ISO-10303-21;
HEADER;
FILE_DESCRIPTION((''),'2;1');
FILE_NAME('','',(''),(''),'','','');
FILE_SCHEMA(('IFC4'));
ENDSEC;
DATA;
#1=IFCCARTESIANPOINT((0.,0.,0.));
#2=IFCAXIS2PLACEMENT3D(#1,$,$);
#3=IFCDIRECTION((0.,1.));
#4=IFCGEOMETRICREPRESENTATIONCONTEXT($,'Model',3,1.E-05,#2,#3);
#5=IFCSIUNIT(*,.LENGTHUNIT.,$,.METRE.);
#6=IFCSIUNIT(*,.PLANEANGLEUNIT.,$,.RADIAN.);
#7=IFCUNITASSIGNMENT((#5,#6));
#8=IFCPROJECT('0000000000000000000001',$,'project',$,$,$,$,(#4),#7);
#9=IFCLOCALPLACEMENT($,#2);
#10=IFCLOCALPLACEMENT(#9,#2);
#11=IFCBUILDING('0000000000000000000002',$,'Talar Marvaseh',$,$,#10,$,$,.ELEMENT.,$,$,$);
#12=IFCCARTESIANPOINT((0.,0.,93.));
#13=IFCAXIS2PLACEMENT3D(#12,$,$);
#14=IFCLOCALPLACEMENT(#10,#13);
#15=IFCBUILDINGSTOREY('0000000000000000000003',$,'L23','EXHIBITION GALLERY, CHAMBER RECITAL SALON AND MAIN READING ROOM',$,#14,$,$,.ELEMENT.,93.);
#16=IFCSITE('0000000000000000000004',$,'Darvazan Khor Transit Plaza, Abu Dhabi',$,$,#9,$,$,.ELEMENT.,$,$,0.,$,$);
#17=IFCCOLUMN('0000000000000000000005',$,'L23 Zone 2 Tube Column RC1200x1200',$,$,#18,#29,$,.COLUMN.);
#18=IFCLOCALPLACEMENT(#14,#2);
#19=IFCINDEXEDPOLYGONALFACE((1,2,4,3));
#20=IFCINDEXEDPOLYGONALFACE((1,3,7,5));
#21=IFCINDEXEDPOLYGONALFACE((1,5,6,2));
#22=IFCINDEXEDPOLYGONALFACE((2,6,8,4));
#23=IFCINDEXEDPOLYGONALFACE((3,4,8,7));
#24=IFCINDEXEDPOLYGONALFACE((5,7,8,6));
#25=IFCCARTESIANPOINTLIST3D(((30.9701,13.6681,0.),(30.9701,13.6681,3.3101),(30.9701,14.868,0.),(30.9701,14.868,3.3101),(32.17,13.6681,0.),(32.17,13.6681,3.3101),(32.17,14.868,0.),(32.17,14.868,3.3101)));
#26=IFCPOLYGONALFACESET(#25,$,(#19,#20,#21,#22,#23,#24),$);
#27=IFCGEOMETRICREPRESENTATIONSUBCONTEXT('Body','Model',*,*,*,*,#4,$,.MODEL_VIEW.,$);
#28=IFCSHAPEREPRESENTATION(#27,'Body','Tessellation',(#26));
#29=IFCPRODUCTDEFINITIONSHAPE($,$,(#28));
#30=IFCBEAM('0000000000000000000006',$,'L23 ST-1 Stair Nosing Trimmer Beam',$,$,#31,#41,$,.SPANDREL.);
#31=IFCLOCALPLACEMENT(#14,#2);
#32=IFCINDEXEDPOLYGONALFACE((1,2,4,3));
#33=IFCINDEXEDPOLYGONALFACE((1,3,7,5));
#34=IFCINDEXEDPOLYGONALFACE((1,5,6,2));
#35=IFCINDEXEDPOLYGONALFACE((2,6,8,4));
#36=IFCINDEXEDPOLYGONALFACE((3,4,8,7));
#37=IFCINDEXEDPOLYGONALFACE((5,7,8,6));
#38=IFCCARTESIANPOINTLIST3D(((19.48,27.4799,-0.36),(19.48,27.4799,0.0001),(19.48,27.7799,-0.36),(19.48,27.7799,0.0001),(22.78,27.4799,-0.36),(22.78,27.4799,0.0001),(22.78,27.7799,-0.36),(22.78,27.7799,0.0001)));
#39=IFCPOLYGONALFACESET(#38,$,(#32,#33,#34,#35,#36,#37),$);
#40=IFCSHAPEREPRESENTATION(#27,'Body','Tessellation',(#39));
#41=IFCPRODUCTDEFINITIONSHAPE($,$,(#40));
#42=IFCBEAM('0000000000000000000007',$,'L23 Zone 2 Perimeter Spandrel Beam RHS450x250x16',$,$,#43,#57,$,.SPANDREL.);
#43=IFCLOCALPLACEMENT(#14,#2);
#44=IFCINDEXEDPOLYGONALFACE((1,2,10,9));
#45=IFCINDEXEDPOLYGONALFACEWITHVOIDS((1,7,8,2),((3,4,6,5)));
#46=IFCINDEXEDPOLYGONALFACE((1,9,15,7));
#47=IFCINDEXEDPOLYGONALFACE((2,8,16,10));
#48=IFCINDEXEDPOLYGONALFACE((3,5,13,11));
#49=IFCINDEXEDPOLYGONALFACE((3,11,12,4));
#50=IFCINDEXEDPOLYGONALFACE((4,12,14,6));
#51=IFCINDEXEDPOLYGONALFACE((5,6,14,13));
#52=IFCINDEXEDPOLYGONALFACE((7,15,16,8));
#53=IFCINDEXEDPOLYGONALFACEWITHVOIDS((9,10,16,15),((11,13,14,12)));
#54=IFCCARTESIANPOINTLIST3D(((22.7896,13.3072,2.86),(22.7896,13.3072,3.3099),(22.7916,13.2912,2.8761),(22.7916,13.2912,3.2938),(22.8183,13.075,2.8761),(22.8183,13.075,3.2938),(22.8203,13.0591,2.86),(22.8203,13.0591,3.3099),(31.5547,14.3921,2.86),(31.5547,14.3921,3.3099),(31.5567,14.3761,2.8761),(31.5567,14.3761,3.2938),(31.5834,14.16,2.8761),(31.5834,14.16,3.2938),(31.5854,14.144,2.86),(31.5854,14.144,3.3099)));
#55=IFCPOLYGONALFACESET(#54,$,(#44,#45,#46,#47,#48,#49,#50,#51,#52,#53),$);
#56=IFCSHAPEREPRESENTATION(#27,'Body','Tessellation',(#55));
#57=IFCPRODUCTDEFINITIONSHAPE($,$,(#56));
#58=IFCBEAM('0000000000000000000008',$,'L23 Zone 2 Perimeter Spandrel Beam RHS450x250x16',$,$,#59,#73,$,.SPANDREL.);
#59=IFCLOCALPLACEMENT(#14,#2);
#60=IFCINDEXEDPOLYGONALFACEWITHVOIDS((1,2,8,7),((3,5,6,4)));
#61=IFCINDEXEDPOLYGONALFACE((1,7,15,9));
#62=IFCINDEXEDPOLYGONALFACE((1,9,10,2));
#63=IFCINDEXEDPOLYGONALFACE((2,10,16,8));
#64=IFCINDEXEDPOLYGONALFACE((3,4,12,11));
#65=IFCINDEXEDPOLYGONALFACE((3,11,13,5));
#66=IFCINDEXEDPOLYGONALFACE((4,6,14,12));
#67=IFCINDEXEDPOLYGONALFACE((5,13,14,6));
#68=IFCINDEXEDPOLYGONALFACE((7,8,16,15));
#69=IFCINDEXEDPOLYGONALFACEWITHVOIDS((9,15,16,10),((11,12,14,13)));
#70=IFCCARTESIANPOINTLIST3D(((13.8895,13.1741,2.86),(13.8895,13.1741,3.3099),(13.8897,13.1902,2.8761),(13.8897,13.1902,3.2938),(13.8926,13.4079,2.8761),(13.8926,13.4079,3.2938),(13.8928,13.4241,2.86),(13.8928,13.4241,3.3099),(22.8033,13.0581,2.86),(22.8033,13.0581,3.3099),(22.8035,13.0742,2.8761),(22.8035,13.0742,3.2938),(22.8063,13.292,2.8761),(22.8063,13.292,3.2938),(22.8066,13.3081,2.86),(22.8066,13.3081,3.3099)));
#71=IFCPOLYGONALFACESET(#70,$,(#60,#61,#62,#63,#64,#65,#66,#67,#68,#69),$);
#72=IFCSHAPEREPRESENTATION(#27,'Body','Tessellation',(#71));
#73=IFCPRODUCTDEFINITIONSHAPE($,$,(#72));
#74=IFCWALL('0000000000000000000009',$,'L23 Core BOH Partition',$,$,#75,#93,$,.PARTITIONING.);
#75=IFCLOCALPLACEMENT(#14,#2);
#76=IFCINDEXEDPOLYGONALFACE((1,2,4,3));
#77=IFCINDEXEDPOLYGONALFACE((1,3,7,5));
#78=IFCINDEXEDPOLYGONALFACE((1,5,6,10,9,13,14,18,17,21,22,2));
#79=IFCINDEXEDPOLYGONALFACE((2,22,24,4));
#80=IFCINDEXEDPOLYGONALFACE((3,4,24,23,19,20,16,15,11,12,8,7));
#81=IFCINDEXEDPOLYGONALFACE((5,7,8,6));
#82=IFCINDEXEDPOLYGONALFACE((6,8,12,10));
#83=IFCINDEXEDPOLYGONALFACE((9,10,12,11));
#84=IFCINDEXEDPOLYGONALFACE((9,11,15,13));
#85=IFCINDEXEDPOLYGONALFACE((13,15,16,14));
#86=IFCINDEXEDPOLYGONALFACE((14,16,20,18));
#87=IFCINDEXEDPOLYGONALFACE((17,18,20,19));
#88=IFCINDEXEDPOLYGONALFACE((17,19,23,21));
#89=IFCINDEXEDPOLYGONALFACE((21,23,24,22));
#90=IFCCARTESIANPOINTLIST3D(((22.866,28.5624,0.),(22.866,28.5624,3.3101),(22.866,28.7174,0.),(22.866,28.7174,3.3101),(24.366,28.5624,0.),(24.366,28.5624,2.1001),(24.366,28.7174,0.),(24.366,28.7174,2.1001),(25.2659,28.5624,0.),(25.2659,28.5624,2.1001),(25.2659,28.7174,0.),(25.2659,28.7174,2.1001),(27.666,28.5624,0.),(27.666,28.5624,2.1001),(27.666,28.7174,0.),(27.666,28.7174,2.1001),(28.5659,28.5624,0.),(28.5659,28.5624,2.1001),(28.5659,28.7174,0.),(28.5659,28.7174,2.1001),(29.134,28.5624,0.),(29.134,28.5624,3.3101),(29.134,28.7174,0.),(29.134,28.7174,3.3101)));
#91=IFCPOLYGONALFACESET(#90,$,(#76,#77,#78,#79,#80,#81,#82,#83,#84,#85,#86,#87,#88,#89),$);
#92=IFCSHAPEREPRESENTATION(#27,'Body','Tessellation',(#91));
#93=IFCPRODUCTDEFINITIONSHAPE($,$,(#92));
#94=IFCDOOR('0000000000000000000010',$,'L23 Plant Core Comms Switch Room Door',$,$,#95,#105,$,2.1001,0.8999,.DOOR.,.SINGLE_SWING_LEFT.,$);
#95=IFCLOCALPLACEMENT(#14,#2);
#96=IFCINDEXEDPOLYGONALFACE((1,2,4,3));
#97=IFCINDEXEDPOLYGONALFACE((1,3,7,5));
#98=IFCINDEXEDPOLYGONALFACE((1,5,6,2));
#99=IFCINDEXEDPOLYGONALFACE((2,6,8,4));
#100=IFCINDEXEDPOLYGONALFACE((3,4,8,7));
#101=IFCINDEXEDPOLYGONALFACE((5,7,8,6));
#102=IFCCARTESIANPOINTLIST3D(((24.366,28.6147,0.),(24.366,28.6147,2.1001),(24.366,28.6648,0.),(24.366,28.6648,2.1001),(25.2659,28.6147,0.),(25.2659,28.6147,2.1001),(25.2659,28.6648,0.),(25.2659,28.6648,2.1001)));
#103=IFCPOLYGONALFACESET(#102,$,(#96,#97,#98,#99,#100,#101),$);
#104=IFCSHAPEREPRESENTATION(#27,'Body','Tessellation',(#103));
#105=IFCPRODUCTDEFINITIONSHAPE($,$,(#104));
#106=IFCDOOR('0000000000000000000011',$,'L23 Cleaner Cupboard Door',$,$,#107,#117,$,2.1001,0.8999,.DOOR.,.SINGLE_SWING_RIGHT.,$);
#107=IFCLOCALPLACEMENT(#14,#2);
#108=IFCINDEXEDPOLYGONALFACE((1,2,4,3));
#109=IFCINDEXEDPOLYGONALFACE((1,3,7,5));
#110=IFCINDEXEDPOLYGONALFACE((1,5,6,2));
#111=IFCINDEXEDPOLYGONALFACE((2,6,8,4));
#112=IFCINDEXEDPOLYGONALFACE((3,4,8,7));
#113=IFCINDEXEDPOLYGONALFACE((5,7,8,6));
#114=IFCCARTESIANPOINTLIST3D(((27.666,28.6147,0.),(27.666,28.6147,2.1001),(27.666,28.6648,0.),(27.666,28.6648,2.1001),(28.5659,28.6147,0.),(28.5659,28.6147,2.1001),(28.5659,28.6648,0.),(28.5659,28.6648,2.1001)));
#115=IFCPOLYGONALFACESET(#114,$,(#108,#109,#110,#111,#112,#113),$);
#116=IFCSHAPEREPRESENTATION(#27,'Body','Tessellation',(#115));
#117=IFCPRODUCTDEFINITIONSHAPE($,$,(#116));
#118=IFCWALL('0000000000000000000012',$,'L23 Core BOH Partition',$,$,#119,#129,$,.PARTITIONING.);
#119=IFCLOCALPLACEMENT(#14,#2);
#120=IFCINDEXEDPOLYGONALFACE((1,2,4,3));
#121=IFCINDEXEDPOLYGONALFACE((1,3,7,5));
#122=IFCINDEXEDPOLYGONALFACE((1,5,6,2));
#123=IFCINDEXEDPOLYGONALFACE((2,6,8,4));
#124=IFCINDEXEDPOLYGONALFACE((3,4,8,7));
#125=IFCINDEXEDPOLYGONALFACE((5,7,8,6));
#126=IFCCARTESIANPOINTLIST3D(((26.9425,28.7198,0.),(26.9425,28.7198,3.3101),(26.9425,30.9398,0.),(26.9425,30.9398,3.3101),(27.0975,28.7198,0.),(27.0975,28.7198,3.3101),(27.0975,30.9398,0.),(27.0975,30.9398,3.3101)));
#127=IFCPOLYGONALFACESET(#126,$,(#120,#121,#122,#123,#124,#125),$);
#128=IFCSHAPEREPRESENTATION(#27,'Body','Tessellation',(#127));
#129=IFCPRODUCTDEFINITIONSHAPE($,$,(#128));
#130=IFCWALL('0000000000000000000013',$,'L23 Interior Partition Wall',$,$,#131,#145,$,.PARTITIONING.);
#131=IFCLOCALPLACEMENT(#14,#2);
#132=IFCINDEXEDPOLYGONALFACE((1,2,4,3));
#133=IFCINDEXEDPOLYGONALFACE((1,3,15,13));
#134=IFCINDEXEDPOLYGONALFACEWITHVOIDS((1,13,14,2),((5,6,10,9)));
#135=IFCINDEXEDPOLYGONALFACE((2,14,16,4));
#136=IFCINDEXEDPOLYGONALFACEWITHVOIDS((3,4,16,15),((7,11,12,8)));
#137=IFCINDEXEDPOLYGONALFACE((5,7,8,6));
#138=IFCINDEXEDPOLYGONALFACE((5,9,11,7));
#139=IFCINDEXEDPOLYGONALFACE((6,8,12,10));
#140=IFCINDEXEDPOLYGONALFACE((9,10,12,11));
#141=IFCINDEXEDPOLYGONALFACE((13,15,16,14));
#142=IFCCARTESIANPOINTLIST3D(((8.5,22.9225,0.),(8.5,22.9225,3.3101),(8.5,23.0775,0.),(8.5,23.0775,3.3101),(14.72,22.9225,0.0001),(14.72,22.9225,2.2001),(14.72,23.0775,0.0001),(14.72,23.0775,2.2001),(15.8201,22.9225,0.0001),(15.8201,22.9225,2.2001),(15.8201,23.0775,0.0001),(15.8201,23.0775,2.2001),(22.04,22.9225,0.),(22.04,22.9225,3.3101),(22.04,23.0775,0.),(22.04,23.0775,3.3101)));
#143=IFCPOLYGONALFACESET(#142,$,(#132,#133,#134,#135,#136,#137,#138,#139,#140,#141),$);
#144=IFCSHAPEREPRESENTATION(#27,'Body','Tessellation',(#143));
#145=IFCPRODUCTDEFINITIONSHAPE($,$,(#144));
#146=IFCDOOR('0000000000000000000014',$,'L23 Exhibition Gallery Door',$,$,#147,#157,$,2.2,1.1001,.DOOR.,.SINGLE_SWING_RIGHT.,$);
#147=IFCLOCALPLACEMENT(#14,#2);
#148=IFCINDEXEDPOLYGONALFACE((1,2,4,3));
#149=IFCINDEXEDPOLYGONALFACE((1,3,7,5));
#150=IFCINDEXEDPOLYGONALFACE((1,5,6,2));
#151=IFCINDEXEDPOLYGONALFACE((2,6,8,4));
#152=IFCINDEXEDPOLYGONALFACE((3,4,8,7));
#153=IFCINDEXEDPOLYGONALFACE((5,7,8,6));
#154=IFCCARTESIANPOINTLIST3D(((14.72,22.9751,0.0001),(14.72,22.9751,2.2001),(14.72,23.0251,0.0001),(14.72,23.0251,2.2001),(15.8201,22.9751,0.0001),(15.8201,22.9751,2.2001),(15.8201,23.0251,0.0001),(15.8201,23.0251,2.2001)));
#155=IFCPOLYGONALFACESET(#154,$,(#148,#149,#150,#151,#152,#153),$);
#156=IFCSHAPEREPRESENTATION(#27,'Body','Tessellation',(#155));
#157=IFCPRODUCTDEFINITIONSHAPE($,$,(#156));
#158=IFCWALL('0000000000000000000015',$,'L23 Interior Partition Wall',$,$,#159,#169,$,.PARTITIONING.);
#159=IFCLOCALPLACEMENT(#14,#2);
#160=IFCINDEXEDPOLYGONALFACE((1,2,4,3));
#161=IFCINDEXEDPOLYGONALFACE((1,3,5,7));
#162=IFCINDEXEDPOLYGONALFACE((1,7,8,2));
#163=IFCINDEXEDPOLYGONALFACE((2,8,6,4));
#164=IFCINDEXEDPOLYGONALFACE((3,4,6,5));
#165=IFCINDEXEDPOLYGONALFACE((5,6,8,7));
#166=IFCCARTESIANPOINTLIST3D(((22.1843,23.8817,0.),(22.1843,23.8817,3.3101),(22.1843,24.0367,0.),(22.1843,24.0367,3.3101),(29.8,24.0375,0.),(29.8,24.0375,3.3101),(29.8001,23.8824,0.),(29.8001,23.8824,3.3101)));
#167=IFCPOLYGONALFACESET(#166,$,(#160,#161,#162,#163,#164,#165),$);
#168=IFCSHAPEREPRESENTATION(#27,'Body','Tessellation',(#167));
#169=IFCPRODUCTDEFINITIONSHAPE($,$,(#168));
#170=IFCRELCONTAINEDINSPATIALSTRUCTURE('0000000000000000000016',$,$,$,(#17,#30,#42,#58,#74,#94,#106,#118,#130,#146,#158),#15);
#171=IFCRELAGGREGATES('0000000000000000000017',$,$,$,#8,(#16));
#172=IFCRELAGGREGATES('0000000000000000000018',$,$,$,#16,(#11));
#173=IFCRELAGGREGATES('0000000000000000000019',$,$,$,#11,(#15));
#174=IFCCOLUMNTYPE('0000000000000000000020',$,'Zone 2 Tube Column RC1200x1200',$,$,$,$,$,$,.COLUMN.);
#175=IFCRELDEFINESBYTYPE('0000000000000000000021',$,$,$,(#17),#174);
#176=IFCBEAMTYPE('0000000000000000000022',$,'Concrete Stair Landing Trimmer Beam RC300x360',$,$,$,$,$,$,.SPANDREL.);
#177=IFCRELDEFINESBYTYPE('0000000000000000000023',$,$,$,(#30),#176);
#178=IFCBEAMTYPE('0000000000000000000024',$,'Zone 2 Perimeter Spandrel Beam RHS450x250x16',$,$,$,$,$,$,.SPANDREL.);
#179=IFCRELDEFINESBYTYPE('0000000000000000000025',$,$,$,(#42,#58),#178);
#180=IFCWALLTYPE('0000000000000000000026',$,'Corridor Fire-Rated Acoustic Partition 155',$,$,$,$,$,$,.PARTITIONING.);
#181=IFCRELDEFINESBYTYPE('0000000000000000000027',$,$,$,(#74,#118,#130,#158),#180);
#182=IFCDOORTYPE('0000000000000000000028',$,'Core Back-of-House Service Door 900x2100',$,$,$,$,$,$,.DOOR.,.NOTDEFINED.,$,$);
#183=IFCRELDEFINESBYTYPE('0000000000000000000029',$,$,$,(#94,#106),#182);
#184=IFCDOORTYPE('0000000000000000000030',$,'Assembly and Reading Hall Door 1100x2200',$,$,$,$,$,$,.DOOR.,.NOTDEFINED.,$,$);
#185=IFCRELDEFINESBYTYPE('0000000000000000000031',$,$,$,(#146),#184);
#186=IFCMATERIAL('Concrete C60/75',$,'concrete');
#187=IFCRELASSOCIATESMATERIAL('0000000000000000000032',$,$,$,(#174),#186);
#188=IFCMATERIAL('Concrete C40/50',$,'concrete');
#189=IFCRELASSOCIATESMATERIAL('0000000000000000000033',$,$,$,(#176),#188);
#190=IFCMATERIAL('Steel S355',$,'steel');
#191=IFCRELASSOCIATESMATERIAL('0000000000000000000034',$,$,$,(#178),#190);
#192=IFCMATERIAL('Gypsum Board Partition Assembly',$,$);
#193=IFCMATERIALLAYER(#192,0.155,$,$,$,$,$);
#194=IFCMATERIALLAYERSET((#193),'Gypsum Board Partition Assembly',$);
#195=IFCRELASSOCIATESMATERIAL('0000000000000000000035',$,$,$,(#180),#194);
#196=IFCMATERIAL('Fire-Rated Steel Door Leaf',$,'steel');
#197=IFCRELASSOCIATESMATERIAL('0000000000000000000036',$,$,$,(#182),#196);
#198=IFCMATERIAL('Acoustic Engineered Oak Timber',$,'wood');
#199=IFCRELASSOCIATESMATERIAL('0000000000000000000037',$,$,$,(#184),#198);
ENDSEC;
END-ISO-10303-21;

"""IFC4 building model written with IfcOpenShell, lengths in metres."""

from ifc_helpers import new_model, si_unit, direction, frame, frame_2d, origin, origin_2d, place, context, subcontext, project, spatial, rectangle, hollow_rectangle, extrude, source, transform, mapped, material, layer, layer_set, material_profile, profile_set, type_object, type_shapes, element, fill, save


model = new_model("IFC4")

# Units and contexts
model_context = context("Model", 3, precision=1e-05, world=origin(), true_north=direction((0.0, 1.0)))
body_context = subcontext(model_context, "Body", "Model", "MODEL_VIEW")
ifc_project = project(units=[si_unit("LENGTHUNIT", "METRE"), si_unit("PLANEANGLEUNIT", "RADIAN")], contexts=[model_context])

# Site, building, storey
site_placement = place(None, origin())
site = spatial("IfcSite", under=ifc_project, at=site_placement, Name="Darvazan Khor Transit Plaza, Abu Dhabi", CompositionType="ELEMENT", RefElevation=0.0)
building_placement = place(site_placement, origin())
building = spatial("IfcBuilding", under=site, at=building_placement, Name="Talar Marvaseh", CompositionType="ELEMENT")
storey_placement = place(building_placement, frame((0.0, 0.0, 93.0)))
storey = spatial("IfcBuildingStorey", under=building, at=storey_placement, Name="L23", Description="EXHIBITION GALLERY, CHAMBER RECITAL SALON AND MAIN READING ROOM", CompositionType="ELEMENT", Elevation=93.0)

# Column
ifc_material_1 = material(Name="Concrete C60/75", Category="concrete")
ifc_material_profile_1 = material_profile(ifc_material_1, rectangle(XDim=1.2, YDim=1.2, at=origin_2d()), Name="RC1200x1200")
ifc_profile_set_1 = profile_set([ifc_material_profile_1], Name="Concrete C60/75")
column_type = type_object("IfcColumnType", Name="Zone 2 Tube Column RC1200x1200", PredefinedType="COLUMN", material=ifc_profile_set_1)
column_placement = place(storey_placement, frame((31.5701, 14.2681, 0.0), z_axis=(0.0, 0.0, 1.0), x_axis=(1.0, 0.0, 0.0)))
element("IfcColumn", 1, at=column_placement, inside=storey, type_object=column_type, Name="L23 Zone 2 Tube Column RC1200x1200", PredefinedType="COLUMN", context=body_context, shape_type="SweptSolid", body=[
    extrude(rectangle(XDim=1.2, YDim=1.2, at=origin_2d()), origin(), (0.0, 0.0, 1.0), 3.3101),
])

# Beams
ifc_material_2 = material(Name="Concrete C40/50", Category="concrete")
ifc_material_profile_2 = material_profile(ifc_material_2, rectangle(XDim=0.3, YDim=0.3601, at=origin_2d()), Name="RC300x360")
ifc_profile_set_2 = profile_set([ifc_material_profile_2], Name="Concrete C40/50")
beam_type_1 = type_object("IfcBeamType", Name="Concrete Stair Landing Trimmer Beam RC300x360", PredefinedType="SPANDREL", material=ifc_profile_set_2)
beam_1_placement = place(storey_placement, frame((22.78, 27.6299, -0.1799), z_axis=(-1.0, 0.0, 0.0), x_axis=(0.0, -1.0, 0.0)))
element("IfcBeam", 2, at=beam_1_placement, inside=storey, type_object=beam_type_1, Name="L23 ST-1 Stair Nosing Trimmer Beam", PredefinedType="SPANDREL", context=body_context, shape_type="SweptSolid", body=[
    extrude(rectangle(XDim=0.3, YDim=0.3601, at=origin_2d()), origin(), (0.0, 0.0, 1.0), 3.3),
])
ifc_material_3 = material(Name="Steel S355", Category="steel")
ifc_material_profile_3 = material_profile(ifc_material_3, hollow_rectangle(XDim=0.25, YDim=0.45, WallThickness=0.0161, at=origin_2d()), Name="RHS450x250x16")
ifc_profile_set_3 = profile_set([ifc_material_profile_3], Name="Steel S355")
beam_type_2 = type_object("IfcBeamType", Name="Zone 2 Perimeter Spandrel Beam RHS450x250x16", PredefinedType="SPANDREL", material=ifc_profile_set_3)
beam_2_placement = place(storey_placement, frame((31.5701, 14.2681, 3.085), z_axis=(-0.992426, -0.122844, 0.0), x_axis=(0.122844, -0.992426, 0.0)))
element("IfcBeam", 3, at=beam_2_placement, inside=storey, type_object=beam_type_2, Name="L23 Zone 2 Perimeter Spandrel Beam RHS450x250x16", PredefinedType="SPANDREL", context=body_context, shape_type="SweptSolid", body=[
    extrude(hollow_rectangle(XDim=0.25, YDim=0.45, WallThickness=0.0161, at=origin_2d()), origin(), (0.0, 0.0, 1.0), 8.832),
])
beam_3_placement = place(storey_placement, frame((22.8049, 13.1831, 3.085), z_axis=(-0.999915, 0.013009, 0.0), x_axis=(-0.013009, -0.999915, 0.0)))
element("IfcBeam", 4, at=beam_3_placement, inside=storey, type_object=beam_type_2, Name="L23 Zone 2 Perimeter Spandrel Beam RHS450x250x16", PredefinedType="SPANDREL", context=body_context, shape_type="SweptSolid", body=[
    extrude(hollow_rectangle(XDim=0.25, YDim=0.45, WallThickness=0.0161, at=origin_2d()), origin(), (0.0, 0.0, 1.0), 8.9146),
])

# Wall, openings, doors
ifc_material_4 = material(Name="Gypsum Board Partition Assembly")
ifc_layer_1 = layer(ifc_material_4, 0.155)
ifc_layer_set_1 = layer_set([ifc_layer_1], Name="Gypsum Board Partition Assembly")
wall_type_1 = type_object("IfcWallType", Name="Corridor Fire-Rated Acoustic Partition 155", PredefinedType="PARTITIONING", material=ifc_layer_set_1)
wall_1_placement = place(storey_placement, frame((22.866, 28.6399, 0.0), z_axis=(0.0, 0.0, 1.0), x_axis=(1.0, 0.0, 0.0)))
wall_1 = element("IfcWall", 5, at=wall_1_placement, inside=storey, type_object=wall_type_1, Name="L23 Core BOH Partition", PredefinedType="PARTITIONING", context=body_context, shape_type="SweptSolid", body=[
    extrude(rectangle(XDim=6.2681, YDim=0.155, at=frame_2d((3.134, 0.0))), origin(), (0.0, 0.0, 1.0), 3.3101),
])
opening_1_placement = place(wall_1_placement, frame((1.5, 0.0, 0.0)))
opening_1 = element("IfcOpeningElement", 6, at=opening_1_placement, cuts=wall_1, PredefinedType="OPENING", context=body_context, shape_type="SweptSolid", body=[
    extrude(rectangle(XDim=0.8999, YDim=2.1001, at=frame_2d((0.45, 1.05))), frame((0.0, 0.0874, 0.0), z_axis=(0.0, -1.0, 0.0), x_axis=(1.0, 0.0, 0.0)), (0.0, 0.0, 1.0), 0.175),
])
opening_2_placement = place(wall_1_placement, frame((4.8, 0.0, 0.0)))
opening_2 = element("IfcOpeningElement", 7, at=opening_2_placement, cuts=wall_1, PredefinedType="OPENING", context=body_context, shape_type="SweptSolid", body=[
    extrude(rectangle(XDim=0.8999, YDim=2.1001, at=frame_2d((0.45, 1.05))), frame((0.0, 0.0874, 0.0), z_axis=(0.0, -1.0, 0.0), x_axis=(1.0, 0.0, 0.0)), (0.0, 0.0, 1.0), 0.175),
])
ifc_material_5 = material(Name="Fire-Rated Steel Door Leaf", Category="steel")
door_type_1 = type_object("IfcDoorType", Name="Core Back-of-House Service Door 900x2100", OperationType="NOTDEFINED", PredefinedType="DOOR", material=ifc_material_5)
shared_shape_1 = source(origin(), body_context, "Body", "SweptSolid", [
    extrude(rectangle(XDim=0.8999, YDim=2.1001, at=frame_2d((0.45, 1.05))), frame((0.0, 0.0249, 0.0), z_axis=(0.0, -1.0, 0.0), x_axis=(1.0, 0.0, 0.0)), (0.0, 0.0, 1.0), 0.05),
])
type_shapes(door_type_1, [shared_shape_1])
door_1_placement = place(opening_1_placement, origin())
door_1 = element("IfcDoor", 8, at=door_1_placement, inside=storey, type_object=door_type_1, Name="L23 Plant Core Comms Switch Room Door", OperationType="SINGLE_SWING_LEFT", OverallHeight=2.1001, OverallWidth=0.8999, PredefinedType="DOOR", context=body_context, shape_type="MappedRepresentation", body=[
    mapped(shared_shape_1, transform((0.0, 0.0, 0.0), x_axis=(1.0, 0.0, 0.0), y_axis=(0.0, 1.0, 0.0), z_axis=(0.0, 0.0, 1.0), scale=1.0)),
])
fill(opening_1, door_1)
door_2_placement = place(opening_2_placement, origin())
door_2 = element("IfcDoor", 9, at=door_2_placement, inside=storey, type_object=door_type_1, Name="L23 Cleaner Cupboard Door", OperationType="SINGLE_SWING_RIGHT", OverallHeight=2.1001, OverallWidth=0.8999, PredefinedType="DOOR", context=body_context, shape_type="MappedRepresentation", body=[
    mapped(shared_shape_1, transform((0.0, 0.0, 0.0), x_axis=(1.0, 0.0, 0.0), y_axis=(0.0, 1.0, 0.0), z_axis=(0.0, 0.0, 1.0), scale=1.0)),
])
fill(opening_2, door_2)

# Wall
wall_2_placement = place(storey_placement, frame((27.02, 28.72, 0.0), z_axis=(0.0, 0.0, 1.0), x_axis=(0.0, 1.0, 0.0)))
element("IfcWall", 10, at=wall_2_placement, inside=storey, type_object=wall_type_1, Name="L23 Core BOH Partition", PredefinedType="PARTITIONING", context=body_context, shape_type="SweptSolid", body=[
    extrude(rectangle(XDim=2.22, YDim=0.155, at=frame_2d((1.1099, 0.0))), origin(), (0.0, 0.0, 1.0), 3.3101),
])

# Wall, opening, door
wall_3_placement = place(storey_placement, frame((22.04, 23.0, 0.0), z_axis=(0.0, 0.0, 1.0), x_axis=(-1.0, 0.0, 0.0)))
wall_3 = element("IfcWall", 11, at=wall_3_placement, inside=storey, type_object=wall_type_1, Name="L23 Interior Partition Wall", PredefinedType="PARTITIONING", context=body_context, shape_type="SweptSolid", body=[
    extrude(rectangle(XDim=13.54, YDim=0.155, at=frame_2d((6.77, 0.0))), origin(), (0.0, 0.0, 1.0), 3.3101),
])
opening_3_placement = place(wall_3_placement, frame((6.22, 0.0, 0.0)))
opening_3 = element("IfcOpeningElement", 12, at=opening_3_placement, cuts=wall_3, PredefinedType="OPENING", context=body_context, shape_type="SweptSolid", body=[
    extrude(rectangle(XDim=1.1001, YDim=2.2, at=frame_2d((0.55, 1.1001))), frame((0.0, 0.0874, 0.0), z_axis=(0.0, -1.0, 0.0), x_axis=(1.0, 0.0, 0.0)), (0.0, 0.0, 1.0), 0.175),
])
ifc_material_6 = material(Name="Acoustic Engineered Oak Timber", Category="wood")
door_type_2 = type_object("IfcDoorType", Name="Assembly and Reading Hall Door 1100x2200", OperationType="NOTDEFINED", PredefinedType="DOOR", material=ifc_material_6)
shared_shape_2 = source(origin(), body_context, "Body", "SweptSolid", [
    extrude(rectangle(XDim=1.1001, YDim=2.2, at=frame_2d((0.55, 1.1001))), frame((0.0, 0.0249, 0.0), z_axis=(0.0, -1.0, 0.0), x_axis=(1.0, 0.0, 0.0)), (0.0, 0.0, 1.0), 0.05),
])
type_shapes(door_type_2, [shared_shape_2])
door_3_placement = place(opening_3_placement, origin())
door_3 = element("IfcDoor", 13, at=door_3_placement, inside=storey, type_object=door_type_2, Name="L23 Exhibition Gallery Door", OperationType="SINGLE_SWING_RIGHT", OverallHeight=2.2, OverallWidth=1.1001, PredefinedType="DOOR", context=body_context, shape_type="MappedRepresentation", body=[
    mapped(shared_shape_2, transform((0.0, 0.0, 0.0), x_axis=(1.0, 0.0, 0.0), y_axis=(0.0, 1.0, 0.0), z_axis=(0.0, 0.0, 1.0), scale=1.0)),
])
fill(opening_3, door_3)

# Wall
wall_4_placement = place(storey_placement, frame((29.8, 23.96, 0.0), z_axis=(0.0, 0.0, 1.0), x_axis=(-1.0, -0.000096, 0.0)))
element("IfcWall", 14, at=wall_4_placement, inside=storey, type_object=wall_type_1, Name="L23 Interior Partition Wall", PredefinedType="PARTITIONING", context=body_context, shape_type="SweptSolid", body=[
    extrude(rectangle(XDim=7.6157, YDim=0.155, at=frame_2d((3.8079, 0.0))), origin(), (0.0, 0.0, 1.0), 3.3101),
])

save(model, "model.ifc")
